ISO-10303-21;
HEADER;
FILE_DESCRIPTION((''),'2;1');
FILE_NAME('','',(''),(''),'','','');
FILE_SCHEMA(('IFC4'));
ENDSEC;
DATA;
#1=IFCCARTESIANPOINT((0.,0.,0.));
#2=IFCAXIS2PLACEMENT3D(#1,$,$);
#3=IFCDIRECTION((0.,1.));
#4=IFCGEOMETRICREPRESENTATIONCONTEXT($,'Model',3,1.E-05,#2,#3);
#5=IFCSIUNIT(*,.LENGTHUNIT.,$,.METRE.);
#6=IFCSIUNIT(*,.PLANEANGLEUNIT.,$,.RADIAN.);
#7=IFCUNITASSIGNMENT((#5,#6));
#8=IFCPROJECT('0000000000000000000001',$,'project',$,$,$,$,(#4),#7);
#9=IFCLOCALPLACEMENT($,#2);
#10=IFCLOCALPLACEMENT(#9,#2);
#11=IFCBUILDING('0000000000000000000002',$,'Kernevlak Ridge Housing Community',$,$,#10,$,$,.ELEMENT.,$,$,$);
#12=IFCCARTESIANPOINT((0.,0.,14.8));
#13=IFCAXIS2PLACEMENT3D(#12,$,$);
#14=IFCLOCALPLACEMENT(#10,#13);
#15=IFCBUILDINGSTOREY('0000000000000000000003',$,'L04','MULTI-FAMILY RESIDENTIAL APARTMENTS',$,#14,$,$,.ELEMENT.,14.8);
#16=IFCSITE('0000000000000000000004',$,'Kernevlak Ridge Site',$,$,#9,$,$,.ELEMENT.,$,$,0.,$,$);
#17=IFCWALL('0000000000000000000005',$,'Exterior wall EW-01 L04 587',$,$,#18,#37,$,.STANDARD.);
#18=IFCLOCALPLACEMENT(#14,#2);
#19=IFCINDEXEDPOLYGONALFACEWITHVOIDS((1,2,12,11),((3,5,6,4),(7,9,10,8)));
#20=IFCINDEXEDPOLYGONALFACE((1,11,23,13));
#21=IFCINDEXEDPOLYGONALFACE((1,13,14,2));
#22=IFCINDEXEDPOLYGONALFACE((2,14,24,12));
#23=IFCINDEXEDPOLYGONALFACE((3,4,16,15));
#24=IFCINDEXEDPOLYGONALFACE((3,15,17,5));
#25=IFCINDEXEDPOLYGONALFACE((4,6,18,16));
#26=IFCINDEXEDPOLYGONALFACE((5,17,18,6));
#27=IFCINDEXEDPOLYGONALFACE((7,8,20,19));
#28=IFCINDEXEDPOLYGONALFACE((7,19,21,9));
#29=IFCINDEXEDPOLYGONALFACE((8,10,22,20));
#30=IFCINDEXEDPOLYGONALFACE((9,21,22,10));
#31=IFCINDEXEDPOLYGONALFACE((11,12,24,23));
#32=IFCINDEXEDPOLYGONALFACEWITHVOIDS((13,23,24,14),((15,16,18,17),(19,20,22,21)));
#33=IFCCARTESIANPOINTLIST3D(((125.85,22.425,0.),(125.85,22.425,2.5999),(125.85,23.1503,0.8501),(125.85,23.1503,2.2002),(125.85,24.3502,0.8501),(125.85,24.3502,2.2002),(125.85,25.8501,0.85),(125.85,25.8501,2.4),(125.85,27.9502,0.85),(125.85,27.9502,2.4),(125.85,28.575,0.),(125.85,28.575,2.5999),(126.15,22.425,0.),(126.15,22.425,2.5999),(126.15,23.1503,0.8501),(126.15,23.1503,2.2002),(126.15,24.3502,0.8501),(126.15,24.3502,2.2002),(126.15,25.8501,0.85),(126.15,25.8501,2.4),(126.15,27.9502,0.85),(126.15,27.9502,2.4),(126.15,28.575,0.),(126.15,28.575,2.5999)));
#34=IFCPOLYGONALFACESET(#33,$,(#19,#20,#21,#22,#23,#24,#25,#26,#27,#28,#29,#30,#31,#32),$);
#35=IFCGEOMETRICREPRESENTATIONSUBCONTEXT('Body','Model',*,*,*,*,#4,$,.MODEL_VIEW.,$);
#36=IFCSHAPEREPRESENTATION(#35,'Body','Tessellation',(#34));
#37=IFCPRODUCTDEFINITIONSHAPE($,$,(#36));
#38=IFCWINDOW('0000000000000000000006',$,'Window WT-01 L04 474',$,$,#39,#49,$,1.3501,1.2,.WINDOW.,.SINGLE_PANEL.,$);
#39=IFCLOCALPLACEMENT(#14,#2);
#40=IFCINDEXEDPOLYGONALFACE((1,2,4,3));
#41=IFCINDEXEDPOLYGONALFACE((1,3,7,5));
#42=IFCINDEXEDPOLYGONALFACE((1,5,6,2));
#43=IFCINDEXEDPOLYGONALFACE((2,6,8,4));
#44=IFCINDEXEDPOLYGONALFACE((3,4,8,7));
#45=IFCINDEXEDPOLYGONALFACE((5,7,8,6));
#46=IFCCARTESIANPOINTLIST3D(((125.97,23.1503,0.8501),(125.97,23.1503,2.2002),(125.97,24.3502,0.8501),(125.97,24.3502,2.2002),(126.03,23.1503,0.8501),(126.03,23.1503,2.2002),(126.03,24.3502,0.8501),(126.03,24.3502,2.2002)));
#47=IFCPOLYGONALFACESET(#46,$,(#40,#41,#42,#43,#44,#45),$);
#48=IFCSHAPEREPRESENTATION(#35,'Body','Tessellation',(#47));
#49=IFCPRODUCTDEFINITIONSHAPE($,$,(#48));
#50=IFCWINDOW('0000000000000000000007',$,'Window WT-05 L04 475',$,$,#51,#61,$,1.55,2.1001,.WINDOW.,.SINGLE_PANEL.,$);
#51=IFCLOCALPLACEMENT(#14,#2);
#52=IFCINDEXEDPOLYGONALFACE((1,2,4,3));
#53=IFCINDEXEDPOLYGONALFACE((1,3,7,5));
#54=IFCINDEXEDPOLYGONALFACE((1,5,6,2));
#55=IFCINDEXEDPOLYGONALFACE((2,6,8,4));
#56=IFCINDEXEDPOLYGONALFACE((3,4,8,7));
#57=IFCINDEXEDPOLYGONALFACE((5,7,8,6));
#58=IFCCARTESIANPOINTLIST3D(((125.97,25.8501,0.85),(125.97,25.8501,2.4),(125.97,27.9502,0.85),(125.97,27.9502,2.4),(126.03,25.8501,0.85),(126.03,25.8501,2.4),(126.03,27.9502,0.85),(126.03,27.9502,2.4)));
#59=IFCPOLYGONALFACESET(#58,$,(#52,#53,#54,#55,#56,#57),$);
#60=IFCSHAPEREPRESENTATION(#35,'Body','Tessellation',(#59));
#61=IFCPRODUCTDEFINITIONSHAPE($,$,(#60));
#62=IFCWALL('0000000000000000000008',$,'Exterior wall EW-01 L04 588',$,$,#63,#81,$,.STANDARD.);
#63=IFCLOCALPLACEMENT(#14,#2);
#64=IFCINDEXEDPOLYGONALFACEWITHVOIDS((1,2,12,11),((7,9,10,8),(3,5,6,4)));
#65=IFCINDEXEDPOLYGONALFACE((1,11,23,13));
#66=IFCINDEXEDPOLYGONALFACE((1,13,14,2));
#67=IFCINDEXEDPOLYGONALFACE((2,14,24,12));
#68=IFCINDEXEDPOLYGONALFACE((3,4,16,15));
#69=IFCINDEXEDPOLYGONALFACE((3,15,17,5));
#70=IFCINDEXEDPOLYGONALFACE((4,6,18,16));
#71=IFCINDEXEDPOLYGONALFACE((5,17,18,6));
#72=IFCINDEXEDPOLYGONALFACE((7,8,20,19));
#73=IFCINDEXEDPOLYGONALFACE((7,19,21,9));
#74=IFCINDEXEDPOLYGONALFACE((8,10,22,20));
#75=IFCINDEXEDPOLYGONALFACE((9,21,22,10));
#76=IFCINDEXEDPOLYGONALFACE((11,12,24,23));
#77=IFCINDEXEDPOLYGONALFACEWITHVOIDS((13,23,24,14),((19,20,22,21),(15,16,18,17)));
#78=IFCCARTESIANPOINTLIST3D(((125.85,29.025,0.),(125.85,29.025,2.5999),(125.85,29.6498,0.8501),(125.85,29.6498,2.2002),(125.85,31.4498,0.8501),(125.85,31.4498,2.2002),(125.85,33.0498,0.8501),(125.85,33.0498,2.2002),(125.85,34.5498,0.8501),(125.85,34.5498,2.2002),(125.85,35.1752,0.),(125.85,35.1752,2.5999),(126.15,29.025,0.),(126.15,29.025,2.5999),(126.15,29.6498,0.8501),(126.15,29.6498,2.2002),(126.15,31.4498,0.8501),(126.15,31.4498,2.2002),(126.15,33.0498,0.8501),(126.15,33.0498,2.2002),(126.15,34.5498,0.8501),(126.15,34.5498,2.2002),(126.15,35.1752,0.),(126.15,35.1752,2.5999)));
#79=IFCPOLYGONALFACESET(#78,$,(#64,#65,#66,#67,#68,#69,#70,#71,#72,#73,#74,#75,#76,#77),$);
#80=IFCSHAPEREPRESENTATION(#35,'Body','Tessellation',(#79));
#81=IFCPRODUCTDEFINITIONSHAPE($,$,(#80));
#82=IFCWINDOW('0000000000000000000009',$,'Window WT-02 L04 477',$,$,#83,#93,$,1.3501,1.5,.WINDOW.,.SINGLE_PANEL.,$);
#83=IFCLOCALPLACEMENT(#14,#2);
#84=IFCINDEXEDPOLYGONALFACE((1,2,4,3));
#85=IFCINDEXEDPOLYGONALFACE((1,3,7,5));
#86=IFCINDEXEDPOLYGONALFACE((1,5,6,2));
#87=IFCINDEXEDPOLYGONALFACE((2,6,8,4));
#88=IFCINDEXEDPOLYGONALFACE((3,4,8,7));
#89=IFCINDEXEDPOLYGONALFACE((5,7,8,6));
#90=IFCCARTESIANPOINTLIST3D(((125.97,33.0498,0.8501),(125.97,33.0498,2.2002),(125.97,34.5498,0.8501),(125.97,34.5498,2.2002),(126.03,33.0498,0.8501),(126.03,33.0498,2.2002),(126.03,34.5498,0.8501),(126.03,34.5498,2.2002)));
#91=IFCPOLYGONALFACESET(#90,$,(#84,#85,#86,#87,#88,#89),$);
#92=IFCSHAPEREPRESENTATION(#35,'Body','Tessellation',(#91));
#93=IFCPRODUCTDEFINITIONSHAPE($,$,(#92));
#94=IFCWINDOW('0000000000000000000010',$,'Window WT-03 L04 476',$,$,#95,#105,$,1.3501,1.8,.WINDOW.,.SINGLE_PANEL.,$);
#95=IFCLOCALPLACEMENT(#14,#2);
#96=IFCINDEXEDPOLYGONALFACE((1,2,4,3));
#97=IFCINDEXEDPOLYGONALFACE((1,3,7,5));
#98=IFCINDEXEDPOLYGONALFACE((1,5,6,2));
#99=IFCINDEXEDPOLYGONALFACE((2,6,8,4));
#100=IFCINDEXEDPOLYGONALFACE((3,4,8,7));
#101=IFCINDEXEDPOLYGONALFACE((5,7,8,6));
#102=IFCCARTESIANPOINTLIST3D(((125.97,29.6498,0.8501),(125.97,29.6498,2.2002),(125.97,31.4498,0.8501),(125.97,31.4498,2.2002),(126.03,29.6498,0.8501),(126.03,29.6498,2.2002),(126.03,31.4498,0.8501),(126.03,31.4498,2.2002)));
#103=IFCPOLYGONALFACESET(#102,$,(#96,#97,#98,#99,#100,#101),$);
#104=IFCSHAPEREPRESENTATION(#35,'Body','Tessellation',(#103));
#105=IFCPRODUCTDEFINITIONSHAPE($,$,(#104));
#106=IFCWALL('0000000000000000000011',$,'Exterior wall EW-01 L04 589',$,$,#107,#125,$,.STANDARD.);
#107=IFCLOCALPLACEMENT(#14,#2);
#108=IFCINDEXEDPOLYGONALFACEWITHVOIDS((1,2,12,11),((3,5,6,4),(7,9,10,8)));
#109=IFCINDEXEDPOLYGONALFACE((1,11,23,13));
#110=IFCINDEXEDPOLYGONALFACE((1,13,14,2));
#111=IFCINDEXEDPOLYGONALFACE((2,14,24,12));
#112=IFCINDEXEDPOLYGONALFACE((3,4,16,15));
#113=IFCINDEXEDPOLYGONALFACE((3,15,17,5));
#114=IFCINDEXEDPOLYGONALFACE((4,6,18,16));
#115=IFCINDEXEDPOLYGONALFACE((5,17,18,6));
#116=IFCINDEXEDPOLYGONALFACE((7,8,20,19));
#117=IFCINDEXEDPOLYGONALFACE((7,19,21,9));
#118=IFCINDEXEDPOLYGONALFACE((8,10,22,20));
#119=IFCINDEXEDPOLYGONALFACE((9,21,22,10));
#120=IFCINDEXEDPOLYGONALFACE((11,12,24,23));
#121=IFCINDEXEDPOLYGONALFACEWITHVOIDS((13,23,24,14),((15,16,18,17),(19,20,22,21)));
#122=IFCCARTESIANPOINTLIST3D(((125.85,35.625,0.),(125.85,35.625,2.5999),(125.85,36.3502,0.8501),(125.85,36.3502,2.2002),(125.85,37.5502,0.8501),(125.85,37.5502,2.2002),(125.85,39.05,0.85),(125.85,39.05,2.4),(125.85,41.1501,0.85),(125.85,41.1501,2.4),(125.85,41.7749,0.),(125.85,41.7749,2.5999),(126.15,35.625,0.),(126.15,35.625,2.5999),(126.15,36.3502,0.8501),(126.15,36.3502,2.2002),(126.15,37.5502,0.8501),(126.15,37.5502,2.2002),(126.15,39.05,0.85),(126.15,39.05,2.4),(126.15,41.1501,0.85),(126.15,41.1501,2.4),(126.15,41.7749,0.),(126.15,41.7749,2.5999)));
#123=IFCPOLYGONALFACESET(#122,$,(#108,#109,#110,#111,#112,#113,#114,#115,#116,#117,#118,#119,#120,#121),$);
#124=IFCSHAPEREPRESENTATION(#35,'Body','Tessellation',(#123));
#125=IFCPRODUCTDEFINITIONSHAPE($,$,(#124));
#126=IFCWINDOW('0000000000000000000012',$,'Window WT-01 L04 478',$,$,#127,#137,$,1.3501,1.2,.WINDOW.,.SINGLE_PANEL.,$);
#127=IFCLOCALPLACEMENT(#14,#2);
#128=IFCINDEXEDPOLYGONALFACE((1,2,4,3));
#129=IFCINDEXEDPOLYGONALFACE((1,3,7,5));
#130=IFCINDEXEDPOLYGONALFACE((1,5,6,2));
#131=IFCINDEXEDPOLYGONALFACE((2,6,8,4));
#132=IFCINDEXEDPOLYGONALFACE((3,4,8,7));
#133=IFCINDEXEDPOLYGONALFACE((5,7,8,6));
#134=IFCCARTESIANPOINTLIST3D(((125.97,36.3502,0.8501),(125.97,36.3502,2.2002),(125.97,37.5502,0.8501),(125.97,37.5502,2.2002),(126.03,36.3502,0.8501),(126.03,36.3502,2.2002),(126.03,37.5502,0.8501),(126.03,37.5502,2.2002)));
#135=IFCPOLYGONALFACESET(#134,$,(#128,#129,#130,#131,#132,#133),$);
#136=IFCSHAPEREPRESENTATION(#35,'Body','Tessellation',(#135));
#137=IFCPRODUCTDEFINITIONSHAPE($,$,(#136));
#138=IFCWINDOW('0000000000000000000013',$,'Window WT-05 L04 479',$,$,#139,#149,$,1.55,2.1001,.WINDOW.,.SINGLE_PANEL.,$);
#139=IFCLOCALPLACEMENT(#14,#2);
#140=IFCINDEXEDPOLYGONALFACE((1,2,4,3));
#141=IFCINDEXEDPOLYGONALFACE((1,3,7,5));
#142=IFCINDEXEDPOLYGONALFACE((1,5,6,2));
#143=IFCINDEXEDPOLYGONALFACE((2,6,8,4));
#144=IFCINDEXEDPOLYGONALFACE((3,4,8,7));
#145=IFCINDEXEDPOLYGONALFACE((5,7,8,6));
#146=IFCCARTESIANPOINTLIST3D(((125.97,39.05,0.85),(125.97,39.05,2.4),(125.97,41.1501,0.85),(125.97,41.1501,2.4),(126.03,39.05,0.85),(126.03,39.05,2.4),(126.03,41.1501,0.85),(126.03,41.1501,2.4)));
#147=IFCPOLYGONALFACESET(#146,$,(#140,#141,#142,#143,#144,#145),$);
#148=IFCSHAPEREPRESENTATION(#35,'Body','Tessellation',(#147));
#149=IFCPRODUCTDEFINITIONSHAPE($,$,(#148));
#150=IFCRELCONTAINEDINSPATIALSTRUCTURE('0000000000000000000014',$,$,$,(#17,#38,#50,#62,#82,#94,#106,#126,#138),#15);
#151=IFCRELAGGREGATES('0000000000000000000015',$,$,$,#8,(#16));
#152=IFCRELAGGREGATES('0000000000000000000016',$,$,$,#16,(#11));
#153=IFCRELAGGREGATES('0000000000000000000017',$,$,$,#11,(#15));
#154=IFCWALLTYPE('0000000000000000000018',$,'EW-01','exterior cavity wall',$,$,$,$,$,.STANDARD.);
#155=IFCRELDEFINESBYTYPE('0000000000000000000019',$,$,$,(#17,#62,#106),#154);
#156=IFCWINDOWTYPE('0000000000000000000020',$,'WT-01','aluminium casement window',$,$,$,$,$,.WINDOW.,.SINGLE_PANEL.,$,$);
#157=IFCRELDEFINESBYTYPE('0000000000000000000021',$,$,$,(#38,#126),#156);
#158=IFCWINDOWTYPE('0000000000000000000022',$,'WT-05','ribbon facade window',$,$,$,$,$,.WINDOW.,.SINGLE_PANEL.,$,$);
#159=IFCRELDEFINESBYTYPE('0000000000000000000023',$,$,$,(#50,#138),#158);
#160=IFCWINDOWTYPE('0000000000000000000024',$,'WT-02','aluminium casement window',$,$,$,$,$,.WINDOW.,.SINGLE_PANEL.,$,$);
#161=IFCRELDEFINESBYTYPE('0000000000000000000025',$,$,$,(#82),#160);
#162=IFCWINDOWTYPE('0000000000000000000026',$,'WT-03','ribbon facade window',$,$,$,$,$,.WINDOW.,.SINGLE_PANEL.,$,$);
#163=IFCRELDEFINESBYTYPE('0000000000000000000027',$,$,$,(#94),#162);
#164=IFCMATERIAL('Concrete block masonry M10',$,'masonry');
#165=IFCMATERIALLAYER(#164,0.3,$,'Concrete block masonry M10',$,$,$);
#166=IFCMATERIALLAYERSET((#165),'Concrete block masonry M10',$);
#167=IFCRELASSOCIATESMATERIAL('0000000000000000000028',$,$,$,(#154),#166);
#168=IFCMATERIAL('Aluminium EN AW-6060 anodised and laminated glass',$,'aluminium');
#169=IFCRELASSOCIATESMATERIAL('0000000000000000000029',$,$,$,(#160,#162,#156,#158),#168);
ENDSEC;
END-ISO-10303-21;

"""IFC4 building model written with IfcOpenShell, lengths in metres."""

from ifc_helpers import new_model, si_unit, direction, frame, frame_2d, origin, place, context, subcontext, project, spatial, rectangle, extrude, material, layer, layer_set, type_object, element, fill, save


model = new_model("IFC4")

# Units and contexts
model_context = context("Model", 3, precision=1e-05, world=origin(), true_north=direction((0.0, 1.0)))
body_context = subcontext(model_context, "Body", "Model", "MODEL_VIEW")
ifc_project = project(units=[si_unit("LENGTHUNIT", "METRE"), si_unit("PLANEANGLEUNIT", "RADIAN")], contexts=[model_context])

# Site, building, storey
site_placement = place(None, origin())
site = spatial("IfcSite", under=ifc_project, at=site_placement, Name="Kernevlak Ridge Site", CompositionType="ELEMENT", RefElevation=0.0)
building_placement = place(site_placement, origin())
building = spatial("IfcBuilding", under=site, at=building_placement, Name="Kernevlak Ridge Housing Community", CompositionType="ELEMENT")
storey_placement = place(building_placement, frame((0.0, 0.0, 14.8)))
storey = spatial("IfcBuildingStorey", under=building, at=storey_placement, Name="L04", Description="MULTI-FAMILY RESIDENTIAL APARTMENTS", CompositionType="ELEMENT", Elevation=14.8)

# Walls, openings, windows
ifc_material_1 = material(Name="Concrete block masonry M10", Category="masonry")
ifc_layer = layer(ifc_material_1, 0.3, Name="Concrete block masonry M10")
ifc_layer_set = layer_set([ifc_layer], Name="Concrete block masonry M10")
wall_type = type_object("IfcWallType", Name="EW-01", Description="exterior cavity wall", PredefinedType="STANDARD", material=ifc_layer_set)
ifc_material_2 = material(Name="Aluminium EN AW-6060 anodised and laminated glass", Category="aluminium")
window_type_1 = type_object("IfcWindowType", Name="WT-02", Description="aluminium casement window", PartitioningType="SINGLE_PANEL", PredefinedType="WINDOW", material=ifc_material_2)
window_type_2 = type_object("IfcWindowType", Name="WT-03", Description="ribbon facade window", PartitioningType="SINGLE_PANEL", PredefinedType="WINDOW", material=ifc_material_2)
wall_1_placement = place(storey_placement, frame((126.0, 22.425, 0.0), z_axis=(0.0, 0.0, 1.0), x_axis=(0.0, 1.0, 0.0)))
wall_1 = element("IfcWall", 1, at=wall_1_placement, inside=storey, type_object=wall_type, Name="Exterior wall EW-01 L04 587", PredefinedType="STANDARD", context=body_context, shape_type="SweptSolid", body=[
    extrude(rectangle(XDim=6.1499, YDim=0.3, at=frame_2d((3.075, 0.0))), origin(), (0.0, 0.0, 1.0), 2.5999),
])
opening_1_placement = place(wall_1_placement, frame((0.7251, 0.0, 0.8501)))
opening_1 = element("IfcOpeningElement", 2, at=opening_1_placement, cuts=wall_1, PredefinedType="OPENING", context=body_context, shape_type="SweptSolid", body=[
    extrude(rectangle(XDim=1.2, YDim=1.3501, at=frame_2d((0.6001, 0.675))), frame((0.0, 0.1599, 0.0), z_axis=(0.0, -1.0, 0.0), x_axis=(1.0, 0.0, 0.0)), (0.0, 0.0, 1.0), 0.3201),
])
opening_2_placement = place(wall_1_placement, frame((3.425, 0.0, 0.8501)))
opening_2 = element("IfcOpeningElement", 3, at=opening_2_placement, cuts=wall_1, PredefinedType="OPENING", context=body_context, shape_type="SweptSolid", body=[
    extrude(rectangle(XDim=2.1001, YDim=1.55, at=frame_2d((1.05, 0.7749))), frame((0.0, 0.1599, 0.0), z_axis=(0.0, -1.0, 0.0), x_axis=(1.0, 0.0, 0.0)), (0.0, 0.0, 1.0), 0.3201),
])
window_type_3 = type_object("IfcWindowType", Name="WT-01", Description="aluminium casement window", PartitioningType="SINGLE_PANEL", PredefinedType="WINDOW", material=ifc_material_2)
window_1_placement = place(opening_1_placement, origin())
window_1 = element("IfcWindow", 4, at=window_1_placement, inside=storey, type_object=window_type_3, Name="Window WT-01 L04 474", OverallHeight=1.3501, OverallWidth=1.2, PartitioningType="SINGLE_PANEL", PredefinedType="WINDOW", context=body_context, shape_type="SweptSolid", body=[
    extrude(rectangle(XDim=1.2, YDim=1.3501, at=frame_2d((0.6001, 0.675))), frame((0.0, 0.03, 0.0), z_axis=(0.0, -1.0, 0.0), x_axis=(1.0, 0.0, 0.0)), (0.0, 0.0, 1.0), 0.0601),
])
fill(opening_1, window_1)
window_type_4 = type_object("IfcWindowType", Name="WT-05", Description="ribbon facade window", PartitioningType="SINGLE_PANEL", PredefinedType="WINDOW", material=ifc_material_2)
window_2_placement = place(opening_2_placement, origin())
window_2 = element("IfcWindow", 5, at=window_2_placement, inside=storey, type_object=window_type_4, Name="Window WT-05 L04 475", OverallHeight=1.55, OverallWidth=2.1001, PartitioningType="SINGLE_PANEL", PredefinedType="WINDOW", context=body_context, shape_type="SweptSolid", body=[
    extrude(rectangle(XDim=2.1001, YDim=1.55, at=frame_2d((1.05, 0.7749))), frame((0.0, 0.03, 0.0), z_axis=(0.0, -1.0, 0.0), x_axis=(1.0, 0.0, 0.0)), (0.0, 0.0, 1.0), 0.0601),
])
fill(opening_2, window_2)
wall_2_placement = place(storey_placement, frame((126.0, 29.0249, 0.0), z_axis=(0.0, 0.0, 1.0), x_axis=(0.0, 1.0, 0.0)))
wall_2 = element("IfcWall", 6, at=wall_2_placement, inside=storey, type_object=wall_type, Name="Exterior wall EW-01 L04 588", PredefinedType="STANDARD", context=body_context, shape_type="SweptSolid", body=[
    extrude(rectangle(XDim=6.1501, YDim=0.3, at=frame_2d((3.0752, 0.0))), origin(), (0.0, 0.0, 1.0), 2.5999),
])
opening_3_placement = place(wall_2_placement, frame((0.625, 0.0, 0.8501)))
opening_3 = element("IfcOpeningElement", 7, at=opening_3_placement, cuts=wall_2, PredefinedType="OPENING", context=body_context, shape_type="SweptSolid", body=[
    extrude(rectangle(XDim=1.8, YDim=1.3501, at=frame_2d((0.8999, 0.675))), frame((0.0, 0.1599, 0.0), z_axis=(0.0, -1.0, 0.0), x_axis=(1.0, 0.0, 0.0)), (0.0, 0.0, 1.0), 0.3201),
])
opening_4_placement = place(wall_2_placement, frame((4.0249, 0.0, 0.8501)))
opening_4 = element("IfcOpeningElement", 8, at=opening_4_placement, cuts=wall_2, PredefinedType="OPENING", context=body_context, shape_type="SweptSolid", body=[
    extrude(rectangle(XDim=1.5, YDim=1.3501, at=frame_2d((0.75, 0.675))), frame((0.0, 0.1599, 0.0), z_axis=(0.0, -1.0, 0.0), x_axis=(1.0, 0.0, 0.0)), (0.0, 0.0, 1.0), 0.3201),
])
window_3_placement = place(opening_4_placement, origin())
window_3 = element("IfcWindow", 9, at=window_3_placement, inside=storey, type_object=window_type_1, Name="Window WT-02 L04 477", OverallHeight=1.3501, OverallWidth=1.5, PartitioningType="SINGLE_PANEL", PredefinedType="WINDOW", context=body_context, shape_type="SweptSolid", body=[
    extrude(rectangle(XDim=1.5, YDim=1.3501, at=frame_2d((0.75, 0.675))), frame((0.0, 0.03, 0.0), z_axis=(0.0, -1.0, 0.0), x_axis=(1.0, 0.0, 0.0)), (0.0, 0.0, 1.0), 0.0601),
])
fill(opening_4, window_3)
window_4_placement = place(opening_3_placement, origin())
window_4 = element("IfcWindow", 10, at=window_4_placement, inside=storey, type_object=window_type_2, Name="Window WT-03 L04 476", OverallHeight=1.3501, OverallWidth=1.8, PartitioningType="SINGLE_PANEL", PredefinedType="WINDOW", context=body_context, shape_type="SweptSolid", body=[
    extrude(rectangle(XDim=1.8, YDim=1.3501, at=frame_2d((0.8999, 0.675))), frame((0.0, 0.03, 0.0), z_axis=(0.0, -1.0, 0.0), x_axis=(1.0, 0.0, 0.0)), (0.0, 0.0, 1.0), 0.0601),
])
fill(opening_3, window_4)
wall_3_placement = place(storey_placement, frame((126.0, 35.625, 0.0), z_axis=(0.0, 0.0, 1.0), x_axis=(0.0, 1.0, 0.0)))
wall_3 = element("IfcWall", 11, at=wall_3_placement, inside=storey, type_object=wall_type, Name="Exterior wall EW-01 L04 589", PredefinedType="STANDARD", context=body_context, shape_type="SweptSolid", body=[
    extrude(rectangle(XDim=6.1499, YDim=0.3, at=frame_2d((3.075, 0.0))), origin(), (0.0, 0.0, 1.0), 2.5999),
])
opening_5_placement = place(wall_3_placement, frame((0.7251, 0.0, 0.8501)))
opening_5 = element("IfcOpeningElement", 12, at=opening_5_placement, cuts=wall_3, PredefinedType="OPENING", context=body_context, shape_type="SweptSolid", body=[
    extrude(rectangle(XDim=1.2, YDim=1.3501, at=frame_2d((0.6001, 0.675))), frame((0.0, 0.1599, 0.0), z_axis=(0.0, -1.0, 0.0), x_axis=(1.0, 0.0, 0.0)), (0.0, 0.0, 1.0), 0.3201),
])
opening_6_placement = place(wall_3_placement, frame((3.425, 0.0, 0.8501)))
opening_6 = element("IfcOpeningElement", 13, at=opening_6_placement, cuts=wall_3, PredefinedType="OPENING", context=body_context, shape_type="SweptSolid", body=[
    extrude(rectangle(XDim=2.1001, YDim=1.55, at=frame_2d((1.05, 0.7749))), frame((0.0, 0.1599, 0.0), z_axis=(0.0, -1.0, 0.0), x_axis=(1.0, 0.0, 0.0)), (0.0, 0.0, 1.0), 0.3201),
])
window_5_placement = place(opening_5_placement, origin())
window_5 = element("IfcWindow", 14, at=window_5_placement, inside=storey, type_object=window_type_3, Name="Window WT-01 L04 478", OverallHeight=1.3501, OverallWidth=1.2, PartitioningType="SINGLE_PANEL", PredefinedType="WINDOW", context=body_context, shape_type="SweptSolid", body=[
    extrude(rectangle(XDim=1.2, YDim=1.3501, at=frame_2d((0.6001, 0.675))), frame((0.0, 0.03, 0.0), z_axis=(0.0, -1.0, 0.0), x_axis=(1.0, 0.0, 0.0)), (0.0, 0.0, 1.0), 0.0601),
])
fill(opening_5, window_5)
window_6_placement = place(opening_6_placement, origin())
window_6 = element("IfcWindow", 15, at=window_6_placement, inside=storey, type_object=window_type_4, Name="Window WT-05 L04 479", OverallHeight=1.55, OverallWidth=2.1001, PartitioningType="SINGLE_PANEL", PredefinedType="WINDOW", context=body_context, shape_type="SweptSolid", body=[
    extrude(rectangle(XDim=2.1001, YDim=1.55, at=frame_2d((1.05, 0.7749))), frame((0.0, 0.03, 0.0), z_axis=(0.0, -1.0, 0.0), x_axis=(1.0, 0.0, 0.0)), (0.0, 0.0, 1.0), 0.0601),
])
fill(opening_6, window_6)

save(model, "model.ifc")
